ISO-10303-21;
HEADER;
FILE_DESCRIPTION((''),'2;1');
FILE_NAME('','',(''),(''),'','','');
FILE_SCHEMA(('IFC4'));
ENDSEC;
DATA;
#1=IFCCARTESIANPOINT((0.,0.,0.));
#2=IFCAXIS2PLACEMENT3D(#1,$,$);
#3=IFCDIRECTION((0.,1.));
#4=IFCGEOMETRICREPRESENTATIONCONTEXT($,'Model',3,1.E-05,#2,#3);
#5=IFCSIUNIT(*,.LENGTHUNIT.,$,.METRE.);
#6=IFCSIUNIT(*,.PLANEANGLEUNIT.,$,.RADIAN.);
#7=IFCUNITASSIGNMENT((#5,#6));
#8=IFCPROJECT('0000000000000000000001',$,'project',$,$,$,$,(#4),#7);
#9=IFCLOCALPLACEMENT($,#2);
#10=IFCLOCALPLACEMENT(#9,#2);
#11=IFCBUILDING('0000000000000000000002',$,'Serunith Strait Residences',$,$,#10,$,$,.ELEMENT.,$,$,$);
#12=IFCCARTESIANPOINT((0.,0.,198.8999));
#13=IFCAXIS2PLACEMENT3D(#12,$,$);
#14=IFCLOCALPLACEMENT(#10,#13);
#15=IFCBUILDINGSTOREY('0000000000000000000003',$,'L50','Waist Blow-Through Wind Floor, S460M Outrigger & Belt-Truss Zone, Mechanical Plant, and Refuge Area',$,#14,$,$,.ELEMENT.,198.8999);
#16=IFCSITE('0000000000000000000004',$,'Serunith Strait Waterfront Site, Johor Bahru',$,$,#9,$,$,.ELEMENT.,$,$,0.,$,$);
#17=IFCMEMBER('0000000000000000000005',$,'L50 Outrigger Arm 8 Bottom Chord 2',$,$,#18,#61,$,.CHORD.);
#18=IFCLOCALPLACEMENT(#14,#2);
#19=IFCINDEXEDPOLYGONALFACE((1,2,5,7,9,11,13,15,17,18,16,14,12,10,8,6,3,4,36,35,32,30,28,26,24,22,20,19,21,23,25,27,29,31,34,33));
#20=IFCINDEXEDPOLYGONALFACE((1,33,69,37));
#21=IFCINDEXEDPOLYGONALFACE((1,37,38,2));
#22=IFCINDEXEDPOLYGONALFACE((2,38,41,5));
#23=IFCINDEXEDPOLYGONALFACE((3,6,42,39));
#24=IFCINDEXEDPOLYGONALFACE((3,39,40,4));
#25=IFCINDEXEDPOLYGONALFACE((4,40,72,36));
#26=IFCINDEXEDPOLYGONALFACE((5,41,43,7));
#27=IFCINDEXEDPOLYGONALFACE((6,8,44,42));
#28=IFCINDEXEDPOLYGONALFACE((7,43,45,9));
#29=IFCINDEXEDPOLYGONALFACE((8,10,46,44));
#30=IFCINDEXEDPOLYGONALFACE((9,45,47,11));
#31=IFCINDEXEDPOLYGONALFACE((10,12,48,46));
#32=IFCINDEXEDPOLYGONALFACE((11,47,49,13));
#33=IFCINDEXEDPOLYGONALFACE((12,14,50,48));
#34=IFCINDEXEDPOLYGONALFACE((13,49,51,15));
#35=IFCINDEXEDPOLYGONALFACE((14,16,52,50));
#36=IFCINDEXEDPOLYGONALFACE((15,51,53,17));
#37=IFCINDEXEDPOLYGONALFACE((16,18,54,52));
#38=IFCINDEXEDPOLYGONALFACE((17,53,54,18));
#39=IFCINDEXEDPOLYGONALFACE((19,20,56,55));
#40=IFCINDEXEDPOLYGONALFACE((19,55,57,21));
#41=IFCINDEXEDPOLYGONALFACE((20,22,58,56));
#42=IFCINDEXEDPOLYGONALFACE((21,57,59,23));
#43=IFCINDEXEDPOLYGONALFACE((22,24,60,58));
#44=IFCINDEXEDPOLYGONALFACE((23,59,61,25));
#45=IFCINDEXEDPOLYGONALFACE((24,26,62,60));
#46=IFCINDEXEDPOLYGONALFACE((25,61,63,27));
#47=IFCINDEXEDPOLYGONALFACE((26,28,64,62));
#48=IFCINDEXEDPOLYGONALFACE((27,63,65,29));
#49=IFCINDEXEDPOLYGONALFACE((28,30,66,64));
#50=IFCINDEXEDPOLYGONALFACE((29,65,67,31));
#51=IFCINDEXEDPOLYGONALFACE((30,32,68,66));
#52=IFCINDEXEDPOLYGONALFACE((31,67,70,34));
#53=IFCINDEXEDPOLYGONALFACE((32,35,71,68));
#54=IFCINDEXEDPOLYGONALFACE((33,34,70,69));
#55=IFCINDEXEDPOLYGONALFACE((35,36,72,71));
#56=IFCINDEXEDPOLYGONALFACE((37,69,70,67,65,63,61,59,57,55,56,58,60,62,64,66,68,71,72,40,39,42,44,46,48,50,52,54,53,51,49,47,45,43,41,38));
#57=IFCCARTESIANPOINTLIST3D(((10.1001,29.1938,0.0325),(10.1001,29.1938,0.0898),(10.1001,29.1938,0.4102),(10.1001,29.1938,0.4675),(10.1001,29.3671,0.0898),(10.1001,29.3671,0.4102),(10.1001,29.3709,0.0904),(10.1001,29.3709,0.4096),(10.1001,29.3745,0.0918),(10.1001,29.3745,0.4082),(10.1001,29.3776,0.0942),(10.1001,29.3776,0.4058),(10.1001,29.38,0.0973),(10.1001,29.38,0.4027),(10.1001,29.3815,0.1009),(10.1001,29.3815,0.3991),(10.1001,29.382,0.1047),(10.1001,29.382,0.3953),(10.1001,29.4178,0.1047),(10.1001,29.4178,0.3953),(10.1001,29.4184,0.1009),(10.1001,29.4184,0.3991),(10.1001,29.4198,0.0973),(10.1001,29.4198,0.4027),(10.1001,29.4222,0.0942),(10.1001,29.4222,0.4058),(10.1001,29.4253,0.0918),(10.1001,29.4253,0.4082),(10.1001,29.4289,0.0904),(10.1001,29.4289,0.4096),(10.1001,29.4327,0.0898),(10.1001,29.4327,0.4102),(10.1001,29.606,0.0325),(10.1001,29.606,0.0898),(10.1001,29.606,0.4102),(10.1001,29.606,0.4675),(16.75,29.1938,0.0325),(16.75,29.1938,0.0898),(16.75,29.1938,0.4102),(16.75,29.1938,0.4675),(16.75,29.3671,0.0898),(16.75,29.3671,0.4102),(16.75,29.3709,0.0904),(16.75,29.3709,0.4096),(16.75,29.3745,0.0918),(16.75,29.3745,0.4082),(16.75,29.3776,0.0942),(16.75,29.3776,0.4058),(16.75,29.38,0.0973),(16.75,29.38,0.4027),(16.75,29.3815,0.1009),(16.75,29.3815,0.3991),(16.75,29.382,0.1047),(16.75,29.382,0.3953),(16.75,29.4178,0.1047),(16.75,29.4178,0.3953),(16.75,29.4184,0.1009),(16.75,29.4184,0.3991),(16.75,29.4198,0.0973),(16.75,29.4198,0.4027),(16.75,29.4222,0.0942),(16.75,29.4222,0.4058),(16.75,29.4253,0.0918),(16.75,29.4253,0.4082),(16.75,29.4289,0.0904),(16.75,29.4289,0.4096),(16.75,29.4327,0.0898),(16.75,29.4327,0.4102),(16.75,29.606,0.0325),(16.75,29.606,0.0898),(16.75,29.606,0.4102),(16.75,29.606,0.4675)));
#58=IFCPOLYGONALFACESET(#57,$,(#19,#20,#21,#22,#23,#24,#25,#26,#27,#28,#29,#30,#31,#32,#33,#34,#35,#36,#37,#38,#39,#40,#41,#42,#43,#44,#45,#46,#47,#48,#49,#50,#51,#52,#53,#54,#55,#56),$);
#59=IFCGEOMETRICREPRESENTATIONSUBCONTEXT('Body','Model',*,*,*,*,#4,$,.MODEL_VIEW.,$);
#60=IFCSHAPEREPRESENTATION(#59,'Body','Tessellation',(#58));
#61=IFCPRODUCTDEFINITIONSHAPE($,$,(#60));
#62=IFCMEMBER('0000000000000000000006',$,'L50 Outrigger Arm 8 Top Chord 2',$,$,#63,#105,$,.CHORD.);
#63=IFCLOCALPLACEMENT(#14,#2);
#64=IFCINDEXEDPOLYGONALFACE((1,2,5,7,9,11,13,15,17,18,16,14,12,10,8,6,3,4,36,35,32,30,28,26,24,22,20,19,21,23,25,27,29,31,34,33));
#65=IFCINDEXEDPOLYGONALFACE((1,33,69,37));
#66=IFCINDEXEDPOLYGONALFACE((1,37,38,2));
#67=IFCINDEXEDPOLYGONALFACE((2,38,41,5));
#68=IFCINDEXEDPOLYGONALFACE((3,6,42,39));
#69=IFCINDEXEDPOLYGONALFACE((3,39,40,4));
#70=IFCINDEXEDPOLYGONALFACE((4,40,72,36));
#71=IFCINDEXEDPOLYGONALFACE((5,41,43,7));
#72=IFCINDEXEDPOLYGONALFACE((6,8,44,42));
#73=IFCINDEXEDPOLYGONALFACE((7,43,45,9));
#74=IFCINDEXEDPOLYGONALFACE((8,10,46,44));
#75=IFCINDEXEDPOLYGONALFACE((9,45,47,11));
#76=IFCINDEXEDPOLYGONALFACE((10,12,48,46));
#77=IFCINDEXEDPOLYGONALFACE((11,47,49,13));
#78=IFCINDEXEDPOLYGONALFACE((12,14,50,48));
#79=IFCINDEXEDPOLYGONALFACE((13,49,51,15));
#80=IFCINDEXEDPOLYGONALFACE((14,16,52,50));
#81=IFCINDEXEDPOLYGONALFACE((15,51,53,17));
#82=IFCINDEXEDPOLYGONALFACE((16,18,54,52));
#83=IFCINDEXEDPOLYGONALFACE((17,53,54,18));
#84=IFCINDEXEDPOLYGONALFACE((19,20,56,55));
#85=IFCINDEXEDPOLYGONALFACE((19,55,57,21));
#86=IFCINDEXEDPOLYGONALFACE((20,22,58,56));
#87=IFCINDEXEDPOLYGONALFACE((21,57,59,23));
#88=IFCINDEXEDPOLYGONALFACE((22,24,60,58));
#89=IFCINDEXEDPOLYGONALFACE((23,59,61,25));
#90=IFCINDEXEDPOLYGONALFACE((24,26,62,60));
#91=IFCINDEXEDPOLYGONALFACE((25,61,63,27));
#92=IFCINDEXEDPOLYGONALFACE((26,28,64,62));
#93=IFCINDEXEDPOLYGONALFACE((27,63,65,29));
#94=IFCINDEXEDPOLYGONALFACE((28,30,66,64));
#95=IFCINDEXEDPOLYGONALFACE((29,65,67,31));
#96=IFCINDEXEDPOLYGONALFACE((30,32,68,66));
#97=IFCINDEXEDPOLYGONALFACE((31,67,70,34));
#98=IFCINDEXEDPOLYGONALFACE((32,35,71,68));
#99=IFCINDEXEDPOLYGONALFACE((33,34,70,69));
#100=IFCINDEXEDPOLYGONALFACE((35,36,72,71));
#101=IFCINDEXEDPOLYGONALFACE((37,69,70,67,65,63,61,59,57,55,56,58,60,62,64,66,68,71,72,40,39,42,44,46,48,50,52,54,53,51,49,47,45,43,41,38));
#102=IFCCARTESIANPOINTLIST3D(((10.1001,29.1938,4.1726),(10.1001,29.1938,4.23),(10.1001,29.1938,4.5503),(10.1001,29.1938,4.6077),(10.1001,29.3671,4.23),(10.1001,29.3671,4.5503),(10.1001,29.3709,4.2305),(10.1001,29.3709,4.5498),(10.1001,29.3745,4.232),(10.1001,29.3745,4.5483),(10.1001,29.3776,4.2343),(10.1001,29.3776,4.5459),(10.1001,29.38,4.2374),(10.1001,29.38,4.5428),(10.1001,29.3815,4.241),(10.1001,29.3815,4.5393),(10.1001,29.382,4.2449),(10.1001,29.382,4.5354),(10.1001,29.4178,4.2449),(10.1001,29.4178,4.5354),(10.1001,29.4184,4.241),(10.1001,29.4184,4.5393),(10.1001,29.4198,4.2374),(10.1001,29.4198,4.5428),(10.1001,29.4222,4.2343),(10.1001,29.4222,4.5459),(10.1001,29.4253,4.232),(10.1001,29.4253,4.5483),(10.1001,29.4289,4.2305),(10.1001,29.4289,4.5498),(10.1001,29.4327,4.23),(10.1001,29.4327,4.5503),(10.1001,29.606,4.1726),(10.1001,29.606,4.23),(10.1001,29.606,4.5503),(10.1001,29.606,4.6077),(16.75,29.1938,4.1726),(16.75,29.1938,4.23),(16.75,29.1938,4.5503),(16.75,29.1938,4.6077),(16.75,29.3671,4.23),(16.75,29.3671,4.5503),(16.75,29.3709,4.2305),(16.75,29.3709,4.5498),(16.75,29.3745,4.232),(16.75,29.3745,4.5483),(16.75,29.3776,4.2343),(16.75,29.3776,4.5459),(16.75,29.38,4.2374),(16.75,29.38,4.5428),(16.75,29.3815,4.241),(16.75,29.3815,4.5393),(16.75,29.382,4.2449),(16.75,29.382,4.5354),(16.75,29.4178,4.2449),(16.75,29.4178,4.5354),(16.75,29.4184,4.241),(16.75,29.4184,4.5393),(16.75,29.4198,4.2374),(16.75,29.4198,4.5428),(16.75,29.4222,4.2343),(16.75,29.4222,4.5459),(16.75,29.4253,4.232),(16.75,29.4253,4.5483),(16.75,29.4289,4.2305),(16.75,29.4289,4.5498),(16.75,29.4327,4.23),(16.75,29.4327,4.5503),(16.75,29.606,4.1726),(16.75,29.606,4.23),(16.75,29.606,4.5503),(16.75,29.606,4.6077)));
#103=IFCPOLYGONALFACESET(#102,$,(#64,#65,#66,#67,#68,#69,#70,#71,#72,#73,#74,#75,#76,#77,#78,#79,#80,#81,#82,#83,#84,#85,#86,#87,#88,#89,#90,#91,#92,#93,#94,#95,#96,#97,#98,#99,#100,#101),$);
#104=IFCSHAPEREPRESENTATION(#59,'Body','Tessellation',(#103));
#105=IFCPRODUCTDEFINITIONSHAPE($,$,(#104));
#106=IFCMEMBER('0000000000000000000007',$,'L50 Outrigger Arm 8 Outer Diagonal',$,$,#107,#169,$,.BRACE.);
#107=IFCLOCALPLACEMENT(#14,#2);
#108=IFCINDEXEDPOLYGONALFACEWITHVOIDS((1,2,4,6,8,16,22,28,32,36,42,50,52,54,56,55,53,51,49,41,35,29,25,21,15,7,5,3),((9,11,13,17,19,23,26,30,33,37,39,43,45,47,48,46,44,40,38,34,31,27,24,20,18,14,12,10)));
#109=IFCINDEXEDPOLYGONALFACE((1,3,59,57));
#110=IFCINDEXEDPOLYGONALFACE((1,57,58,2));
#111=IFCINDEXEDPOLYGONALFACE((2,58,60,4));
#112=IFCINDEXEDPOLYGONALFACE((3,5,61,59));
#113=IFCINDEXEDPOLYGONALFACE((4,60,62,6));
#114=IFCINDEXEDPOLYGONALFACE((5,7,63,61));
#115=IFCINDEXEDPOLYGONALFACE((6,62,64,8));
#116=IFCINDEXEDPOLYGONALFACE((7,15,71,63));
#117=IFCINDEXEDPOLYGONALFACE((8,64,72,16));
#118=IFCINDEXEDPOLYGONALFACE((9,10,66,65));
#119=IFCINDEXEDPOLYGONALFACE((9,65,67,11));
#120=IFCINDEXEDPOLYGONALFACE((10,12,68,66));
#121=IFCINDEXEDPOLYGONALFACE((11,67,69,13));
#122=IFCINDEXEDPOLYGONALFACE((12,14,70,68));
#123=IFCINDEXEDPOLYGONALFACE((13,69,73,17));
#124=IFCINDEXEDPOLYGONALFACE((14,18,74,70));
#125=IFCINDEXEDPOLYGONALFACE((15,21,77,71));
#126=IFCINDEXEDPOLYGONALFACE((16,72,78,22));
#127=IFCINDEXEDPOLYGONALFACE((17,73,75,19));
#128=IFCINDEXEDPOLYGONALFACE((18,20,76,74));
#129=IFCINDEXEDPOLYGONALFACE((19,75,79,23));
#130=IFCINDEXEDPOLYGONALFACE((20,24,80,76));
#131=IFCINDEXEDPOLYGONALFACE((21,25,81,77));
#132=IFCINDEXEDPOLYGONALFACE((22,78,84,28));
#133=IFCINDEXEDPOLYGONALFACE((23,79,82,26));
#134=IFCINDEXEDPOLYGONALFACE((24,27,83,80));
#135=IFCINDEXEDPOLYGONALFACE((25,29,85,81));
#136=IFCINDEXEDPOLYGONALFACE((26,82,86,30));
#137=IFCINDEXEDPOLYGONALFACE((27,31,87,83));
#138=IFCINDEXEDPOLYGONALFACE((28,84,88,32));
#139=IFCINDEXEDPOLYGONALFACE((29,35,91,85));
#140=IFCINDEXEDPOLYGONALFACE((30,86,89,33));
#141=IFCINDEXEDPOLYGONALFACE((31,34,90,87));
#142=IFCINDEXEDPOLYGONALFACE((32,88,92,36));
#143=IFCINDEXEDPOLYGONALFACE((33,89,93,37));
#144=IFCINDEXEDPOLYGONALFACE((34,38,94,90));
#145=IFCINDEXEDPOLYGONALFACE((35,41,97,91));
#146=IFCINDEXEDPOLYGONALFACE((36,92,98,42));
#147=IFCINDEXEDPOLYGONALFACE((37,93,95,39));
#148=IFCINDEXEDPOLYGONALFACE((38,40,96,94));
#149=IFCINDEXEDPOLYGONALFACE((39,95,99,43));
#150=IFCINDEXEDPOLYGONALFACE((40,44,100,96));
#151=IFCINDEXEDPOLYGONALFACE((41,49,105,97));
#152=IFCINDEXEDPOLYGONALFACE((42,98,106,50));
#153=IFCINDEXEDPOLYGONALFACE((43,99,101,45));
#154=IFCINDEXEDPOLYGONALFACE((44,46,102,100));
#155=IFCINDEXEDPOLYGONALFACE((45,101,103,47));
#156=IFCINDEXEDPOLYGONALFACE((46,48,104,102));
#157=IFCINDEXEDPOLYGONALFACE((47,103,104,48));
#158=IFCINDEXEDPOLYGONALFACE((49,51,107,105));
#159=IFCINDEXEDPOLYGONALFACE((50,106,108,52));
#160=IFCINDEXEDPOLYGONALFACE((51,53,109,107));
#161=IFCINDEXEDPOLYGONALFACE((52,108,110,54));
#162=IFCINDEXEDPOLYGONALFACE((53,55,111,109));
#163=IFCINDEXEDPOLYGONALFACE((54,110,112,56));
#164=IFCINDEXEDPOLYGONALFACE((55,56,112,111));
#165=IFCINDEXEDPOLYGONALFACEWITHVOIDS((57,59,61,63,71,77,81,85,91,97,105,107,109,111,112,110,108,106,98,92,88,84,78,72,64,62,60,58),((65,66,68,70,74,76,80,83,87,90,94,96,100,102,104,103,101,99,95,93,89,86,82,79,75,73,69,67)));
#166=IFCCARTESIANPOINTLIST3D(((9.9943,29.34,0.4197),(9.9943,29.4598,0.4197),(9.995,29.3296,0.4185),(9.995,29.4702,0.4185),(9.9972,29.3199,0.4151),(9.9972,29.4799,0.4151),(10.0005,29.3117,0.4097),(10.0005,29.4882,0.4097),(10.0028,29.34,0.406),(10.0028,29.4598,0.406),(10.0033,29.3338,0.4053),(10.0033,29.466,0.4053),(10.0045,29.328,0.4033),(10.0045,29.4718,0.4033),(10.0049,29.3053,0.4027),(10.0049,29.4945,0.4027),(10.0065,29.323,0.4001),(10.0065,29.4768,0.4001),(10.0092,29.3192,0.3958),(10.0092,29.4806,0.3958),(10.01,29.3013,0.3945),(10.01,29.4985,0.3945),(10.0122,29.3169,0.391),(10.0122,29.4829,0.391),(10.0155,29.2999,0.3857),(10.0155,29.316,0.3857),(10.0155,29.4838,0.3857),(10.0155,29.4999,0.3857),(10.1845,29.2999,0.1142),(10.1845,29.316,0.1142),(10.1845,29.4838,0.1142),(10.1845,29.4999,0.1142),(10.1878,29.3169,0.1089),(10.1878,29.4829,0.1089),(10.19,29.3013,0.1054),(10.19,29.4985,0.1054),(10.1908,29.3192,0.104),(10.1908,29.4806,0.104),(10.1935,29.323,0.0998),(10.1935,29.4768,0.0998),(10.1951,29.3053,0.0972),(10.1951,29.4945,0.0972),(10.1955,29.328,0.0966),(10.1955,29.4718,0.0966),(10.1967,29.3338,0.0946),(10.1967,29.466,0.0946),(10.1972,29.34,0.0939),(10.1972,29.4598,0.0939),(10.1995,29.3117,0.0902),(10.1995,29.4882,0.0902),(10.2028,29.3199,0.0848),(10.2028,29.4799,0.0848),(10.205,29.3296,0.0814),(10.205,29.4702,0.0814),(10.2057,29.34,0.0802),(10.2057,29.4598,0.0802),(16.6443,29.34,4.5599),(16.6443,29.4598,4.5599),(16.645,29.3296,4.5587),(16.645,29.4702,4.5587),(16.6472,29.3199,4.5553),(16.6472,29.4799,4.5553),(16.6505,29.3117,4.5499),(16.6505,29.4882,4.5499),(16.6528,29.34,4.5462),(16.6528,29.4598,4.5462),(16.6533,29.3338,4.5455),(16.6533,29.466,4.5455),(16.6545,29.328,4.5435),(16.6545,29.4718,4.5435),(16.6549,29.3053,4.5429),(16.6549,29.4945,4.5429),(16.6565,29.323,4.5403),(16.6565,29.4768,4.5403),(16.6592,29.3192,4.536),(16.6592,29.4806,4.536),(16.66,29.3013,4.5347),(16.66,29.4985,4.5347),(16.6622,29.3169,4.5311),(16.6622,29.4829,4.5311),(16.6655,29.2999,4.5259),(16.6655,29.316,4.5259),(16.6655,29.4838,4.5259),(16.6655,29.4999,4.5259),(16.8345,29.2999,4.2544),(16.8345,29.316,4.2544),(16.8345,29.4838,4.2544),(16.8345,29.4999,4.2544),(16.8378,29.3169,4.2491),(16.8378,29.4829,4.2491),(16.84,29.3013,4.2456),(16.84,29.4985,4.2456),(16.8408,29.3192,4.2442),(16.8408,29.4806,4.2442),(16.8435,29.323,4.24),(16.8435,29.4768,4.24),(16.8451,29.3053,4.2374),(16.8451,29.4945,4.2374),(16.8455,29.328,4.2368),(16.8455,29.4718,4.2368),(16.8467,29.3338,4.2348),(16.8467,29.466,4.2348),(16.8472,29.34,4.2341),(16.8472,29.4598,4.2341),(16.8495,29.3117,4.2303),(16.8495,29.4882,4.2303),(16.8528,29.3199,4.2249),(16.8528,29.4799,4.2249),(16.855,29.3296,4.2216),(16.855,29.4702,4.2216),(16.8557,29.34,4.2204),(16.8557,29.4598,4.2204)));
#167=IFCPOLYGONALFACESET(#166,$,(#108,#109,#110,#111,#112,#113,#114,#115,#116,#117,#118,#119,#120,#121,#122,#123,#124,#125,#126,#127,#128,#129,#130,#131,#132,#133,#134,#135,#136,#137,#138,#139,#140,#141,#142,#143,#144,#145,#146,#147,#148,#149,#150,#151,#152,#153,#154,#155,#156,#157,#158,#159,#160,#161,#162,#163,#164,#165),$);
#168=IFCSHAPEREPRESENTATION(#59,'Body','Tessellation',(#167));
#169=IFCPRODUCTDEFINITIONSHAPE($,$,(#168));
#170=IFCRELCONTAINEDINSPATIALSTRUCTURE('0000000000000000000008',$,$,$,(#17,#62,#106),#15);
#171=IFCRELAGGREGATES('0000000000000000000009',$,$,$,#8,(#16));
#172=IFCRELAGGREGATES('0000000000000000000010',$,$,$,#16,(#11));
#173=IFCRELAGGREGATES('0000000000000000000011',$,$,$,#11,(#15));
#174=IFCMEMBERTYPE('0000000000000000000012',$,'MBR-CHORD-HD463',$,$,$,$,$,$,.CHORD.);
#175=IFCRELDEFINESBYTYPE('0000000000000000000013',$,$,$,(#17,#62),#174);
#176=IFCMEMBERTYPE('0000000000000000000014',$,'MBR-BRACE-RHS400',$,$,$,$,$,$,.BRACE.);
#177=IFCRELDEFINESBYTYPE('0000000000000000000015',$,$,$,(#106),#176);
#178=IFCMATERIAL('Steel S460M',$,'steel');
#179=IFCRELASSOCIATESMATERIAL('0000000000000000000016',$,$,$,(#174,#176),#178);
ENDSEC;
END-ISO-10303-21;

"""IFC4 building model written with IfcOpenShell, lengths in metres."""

from ifc_helpers import new_model, si_unit, direction, frame, origin, origin_2d, place, context, subcontext, project, spatial, hollow_rectangle, i_section, extrude, source, transform, mapped, material, material_profile, profile_set, type_object, element, save


model = new_model("IFC4")

# Units and contexts
model_context = context("Model", 3, precision=1e-05, world=origin(), true_north=direction((0.0, 1.0)))
body_context = subcontext(model_context, "Body", "Model", "MODEL_VIEW")
ifc_project = project(units=[si_unit("LENGTHUNIT", "METRE"), si_unit("PLANEANGLEUNIT", "RADIAN")], contexts=[model_context])

# Site, building, storey
site_placement = place(None, origin())
site = spatial("IfcSite", under=ifc_project, at=site_placement, Name="Serunith Strait Waterfront Site, Johor Bahru", CompositionType="ELEMENT", RefElevation=0.0)
building_placement = place(site_placement, origin())
building = spatial("IfcBuilding", under=site, at=building_placement, Name="Serunith Strait Residences", CompositionType="ELEMENT")
storey_placement = place(building_placement, frame((0.0, 0.0, 198.8999)))
storey = spatial("IfcBuildingStorey", under=building, at=storey_placement, Name="L50", Description="Waist Blow-Through Wind Floor, S460M Outrigger & Belt-Truss Zone, Mechanical Plant, and Refuge Area", CompositionType="ELEMENT", Elevation=198.8999)

# Members
ifc_material_1 = material(Name="Steel S460M", Category="steel")
ifc_material_profile_1 = material_profile(ifc_material_1, i_section(OverallWidth=0.4121, OverallDepth=0.4351, WebThickness=0.0359, FlangeThickness=0.0574, FilletRadius=0.0149, at=origin_2d()), Name="HD 400x463")
ifc_profile_set_1 = profile_set([ifc_material_profile_1], Name="Steel S460M")
member_type_1 = type_object("IfcMemberType", Name="MBR-CHORD-HD463", PredefinedType="CHORD", material=ifc_profile_set_1)
shared_shape_1 = source(origin(), body_context, "Body", "SweptSolid", [
    extrude(i_section(OverallWidth=0.4121, OverallDepth=0.4351, WebThickness=0.0359, FlangeThickness=0.0574, FilletRadius=0.0149, at=origin_2d()), origin(), (0.0, 0.0, 1.0), 6.6499),
])
for number, where, z_axis, x_axis, name in (
    (1, (16.75, 29.3999, 0.25), (-1.0, 0.0, 0.0), (0.0, -1.0, 0.0), "L50 Outrigger Arm 8 Bottom Chord 2"),
    (2, (16.75, 29.3999, 4.3901), (-1.0, 0.0, 0.0), (0.0, -1.0, 0.0), "L50 Outrigger Arm 8 Top Chord 2"),
):
    element("IfcMember", number, at=place(storey_placement, frame(where, z_axis=z_axis, x_axis=x_axis)), inside=storey, type_object=member_type_1, Name=name, PredefinedType="CHORD", context=body_context, shape_type="MappedRepresentation", body=[
        mapped(shared_shape_1, transform((0.0, 0.0, 0.0), scale=1.0)),
    ])
ifc_material_profile_2 = material_profile(ifc_material_1, hollow_rectangle(XDim=0.2, YDim=0.3999, WallThickness=0.0161, InnerFilletRadius=0.0239, OuterFilletRadius=0.04, at=origin_2d()), Name="RHS 400x200x16")
ifc_profile_set_2 = profile_set([ifc_material_profile_2], Name="Steel S460M")
member_type_2 = type_object("IfcMemberType", Name="MBR-BRACE-RHS400", PredefinedType="BRACE", material=ifc_profile_set_2)
shared_shape_2 = source(origin(), body_context, "Body", "SweptSolid", [
    extrude(hollow_rectangle(XDim=0.2, YDim=0.3999, WallThickness=0.0161, InnerFilletRadius=0.0239, OuterFilletRadius=0.04, at=origin_2d()), origin(), (0.0, 0.0, 1.0), 7.8335),
])
member_1_placement = place(storey_placement, frame((16.75, 29.3999, 4.3901), z_axis=(-0.848918, 0.0, -0.528525), x_axis=(0.0, -1.0, 0.0)))
element("IfcMember", 3, at=member_1_placement, inside=storey, type_object=member_type_2, Name="L50 Outrigger Arm 8 Outer Diagonal", PredefinedType="BRACE", context=body_context, shape_type="MappedRepresentation", body=[
    mapped(shared_shape_2, transform((0.0, 0.0, 0.0), scale=1.0)),
])

save(model, "model.ifc")
